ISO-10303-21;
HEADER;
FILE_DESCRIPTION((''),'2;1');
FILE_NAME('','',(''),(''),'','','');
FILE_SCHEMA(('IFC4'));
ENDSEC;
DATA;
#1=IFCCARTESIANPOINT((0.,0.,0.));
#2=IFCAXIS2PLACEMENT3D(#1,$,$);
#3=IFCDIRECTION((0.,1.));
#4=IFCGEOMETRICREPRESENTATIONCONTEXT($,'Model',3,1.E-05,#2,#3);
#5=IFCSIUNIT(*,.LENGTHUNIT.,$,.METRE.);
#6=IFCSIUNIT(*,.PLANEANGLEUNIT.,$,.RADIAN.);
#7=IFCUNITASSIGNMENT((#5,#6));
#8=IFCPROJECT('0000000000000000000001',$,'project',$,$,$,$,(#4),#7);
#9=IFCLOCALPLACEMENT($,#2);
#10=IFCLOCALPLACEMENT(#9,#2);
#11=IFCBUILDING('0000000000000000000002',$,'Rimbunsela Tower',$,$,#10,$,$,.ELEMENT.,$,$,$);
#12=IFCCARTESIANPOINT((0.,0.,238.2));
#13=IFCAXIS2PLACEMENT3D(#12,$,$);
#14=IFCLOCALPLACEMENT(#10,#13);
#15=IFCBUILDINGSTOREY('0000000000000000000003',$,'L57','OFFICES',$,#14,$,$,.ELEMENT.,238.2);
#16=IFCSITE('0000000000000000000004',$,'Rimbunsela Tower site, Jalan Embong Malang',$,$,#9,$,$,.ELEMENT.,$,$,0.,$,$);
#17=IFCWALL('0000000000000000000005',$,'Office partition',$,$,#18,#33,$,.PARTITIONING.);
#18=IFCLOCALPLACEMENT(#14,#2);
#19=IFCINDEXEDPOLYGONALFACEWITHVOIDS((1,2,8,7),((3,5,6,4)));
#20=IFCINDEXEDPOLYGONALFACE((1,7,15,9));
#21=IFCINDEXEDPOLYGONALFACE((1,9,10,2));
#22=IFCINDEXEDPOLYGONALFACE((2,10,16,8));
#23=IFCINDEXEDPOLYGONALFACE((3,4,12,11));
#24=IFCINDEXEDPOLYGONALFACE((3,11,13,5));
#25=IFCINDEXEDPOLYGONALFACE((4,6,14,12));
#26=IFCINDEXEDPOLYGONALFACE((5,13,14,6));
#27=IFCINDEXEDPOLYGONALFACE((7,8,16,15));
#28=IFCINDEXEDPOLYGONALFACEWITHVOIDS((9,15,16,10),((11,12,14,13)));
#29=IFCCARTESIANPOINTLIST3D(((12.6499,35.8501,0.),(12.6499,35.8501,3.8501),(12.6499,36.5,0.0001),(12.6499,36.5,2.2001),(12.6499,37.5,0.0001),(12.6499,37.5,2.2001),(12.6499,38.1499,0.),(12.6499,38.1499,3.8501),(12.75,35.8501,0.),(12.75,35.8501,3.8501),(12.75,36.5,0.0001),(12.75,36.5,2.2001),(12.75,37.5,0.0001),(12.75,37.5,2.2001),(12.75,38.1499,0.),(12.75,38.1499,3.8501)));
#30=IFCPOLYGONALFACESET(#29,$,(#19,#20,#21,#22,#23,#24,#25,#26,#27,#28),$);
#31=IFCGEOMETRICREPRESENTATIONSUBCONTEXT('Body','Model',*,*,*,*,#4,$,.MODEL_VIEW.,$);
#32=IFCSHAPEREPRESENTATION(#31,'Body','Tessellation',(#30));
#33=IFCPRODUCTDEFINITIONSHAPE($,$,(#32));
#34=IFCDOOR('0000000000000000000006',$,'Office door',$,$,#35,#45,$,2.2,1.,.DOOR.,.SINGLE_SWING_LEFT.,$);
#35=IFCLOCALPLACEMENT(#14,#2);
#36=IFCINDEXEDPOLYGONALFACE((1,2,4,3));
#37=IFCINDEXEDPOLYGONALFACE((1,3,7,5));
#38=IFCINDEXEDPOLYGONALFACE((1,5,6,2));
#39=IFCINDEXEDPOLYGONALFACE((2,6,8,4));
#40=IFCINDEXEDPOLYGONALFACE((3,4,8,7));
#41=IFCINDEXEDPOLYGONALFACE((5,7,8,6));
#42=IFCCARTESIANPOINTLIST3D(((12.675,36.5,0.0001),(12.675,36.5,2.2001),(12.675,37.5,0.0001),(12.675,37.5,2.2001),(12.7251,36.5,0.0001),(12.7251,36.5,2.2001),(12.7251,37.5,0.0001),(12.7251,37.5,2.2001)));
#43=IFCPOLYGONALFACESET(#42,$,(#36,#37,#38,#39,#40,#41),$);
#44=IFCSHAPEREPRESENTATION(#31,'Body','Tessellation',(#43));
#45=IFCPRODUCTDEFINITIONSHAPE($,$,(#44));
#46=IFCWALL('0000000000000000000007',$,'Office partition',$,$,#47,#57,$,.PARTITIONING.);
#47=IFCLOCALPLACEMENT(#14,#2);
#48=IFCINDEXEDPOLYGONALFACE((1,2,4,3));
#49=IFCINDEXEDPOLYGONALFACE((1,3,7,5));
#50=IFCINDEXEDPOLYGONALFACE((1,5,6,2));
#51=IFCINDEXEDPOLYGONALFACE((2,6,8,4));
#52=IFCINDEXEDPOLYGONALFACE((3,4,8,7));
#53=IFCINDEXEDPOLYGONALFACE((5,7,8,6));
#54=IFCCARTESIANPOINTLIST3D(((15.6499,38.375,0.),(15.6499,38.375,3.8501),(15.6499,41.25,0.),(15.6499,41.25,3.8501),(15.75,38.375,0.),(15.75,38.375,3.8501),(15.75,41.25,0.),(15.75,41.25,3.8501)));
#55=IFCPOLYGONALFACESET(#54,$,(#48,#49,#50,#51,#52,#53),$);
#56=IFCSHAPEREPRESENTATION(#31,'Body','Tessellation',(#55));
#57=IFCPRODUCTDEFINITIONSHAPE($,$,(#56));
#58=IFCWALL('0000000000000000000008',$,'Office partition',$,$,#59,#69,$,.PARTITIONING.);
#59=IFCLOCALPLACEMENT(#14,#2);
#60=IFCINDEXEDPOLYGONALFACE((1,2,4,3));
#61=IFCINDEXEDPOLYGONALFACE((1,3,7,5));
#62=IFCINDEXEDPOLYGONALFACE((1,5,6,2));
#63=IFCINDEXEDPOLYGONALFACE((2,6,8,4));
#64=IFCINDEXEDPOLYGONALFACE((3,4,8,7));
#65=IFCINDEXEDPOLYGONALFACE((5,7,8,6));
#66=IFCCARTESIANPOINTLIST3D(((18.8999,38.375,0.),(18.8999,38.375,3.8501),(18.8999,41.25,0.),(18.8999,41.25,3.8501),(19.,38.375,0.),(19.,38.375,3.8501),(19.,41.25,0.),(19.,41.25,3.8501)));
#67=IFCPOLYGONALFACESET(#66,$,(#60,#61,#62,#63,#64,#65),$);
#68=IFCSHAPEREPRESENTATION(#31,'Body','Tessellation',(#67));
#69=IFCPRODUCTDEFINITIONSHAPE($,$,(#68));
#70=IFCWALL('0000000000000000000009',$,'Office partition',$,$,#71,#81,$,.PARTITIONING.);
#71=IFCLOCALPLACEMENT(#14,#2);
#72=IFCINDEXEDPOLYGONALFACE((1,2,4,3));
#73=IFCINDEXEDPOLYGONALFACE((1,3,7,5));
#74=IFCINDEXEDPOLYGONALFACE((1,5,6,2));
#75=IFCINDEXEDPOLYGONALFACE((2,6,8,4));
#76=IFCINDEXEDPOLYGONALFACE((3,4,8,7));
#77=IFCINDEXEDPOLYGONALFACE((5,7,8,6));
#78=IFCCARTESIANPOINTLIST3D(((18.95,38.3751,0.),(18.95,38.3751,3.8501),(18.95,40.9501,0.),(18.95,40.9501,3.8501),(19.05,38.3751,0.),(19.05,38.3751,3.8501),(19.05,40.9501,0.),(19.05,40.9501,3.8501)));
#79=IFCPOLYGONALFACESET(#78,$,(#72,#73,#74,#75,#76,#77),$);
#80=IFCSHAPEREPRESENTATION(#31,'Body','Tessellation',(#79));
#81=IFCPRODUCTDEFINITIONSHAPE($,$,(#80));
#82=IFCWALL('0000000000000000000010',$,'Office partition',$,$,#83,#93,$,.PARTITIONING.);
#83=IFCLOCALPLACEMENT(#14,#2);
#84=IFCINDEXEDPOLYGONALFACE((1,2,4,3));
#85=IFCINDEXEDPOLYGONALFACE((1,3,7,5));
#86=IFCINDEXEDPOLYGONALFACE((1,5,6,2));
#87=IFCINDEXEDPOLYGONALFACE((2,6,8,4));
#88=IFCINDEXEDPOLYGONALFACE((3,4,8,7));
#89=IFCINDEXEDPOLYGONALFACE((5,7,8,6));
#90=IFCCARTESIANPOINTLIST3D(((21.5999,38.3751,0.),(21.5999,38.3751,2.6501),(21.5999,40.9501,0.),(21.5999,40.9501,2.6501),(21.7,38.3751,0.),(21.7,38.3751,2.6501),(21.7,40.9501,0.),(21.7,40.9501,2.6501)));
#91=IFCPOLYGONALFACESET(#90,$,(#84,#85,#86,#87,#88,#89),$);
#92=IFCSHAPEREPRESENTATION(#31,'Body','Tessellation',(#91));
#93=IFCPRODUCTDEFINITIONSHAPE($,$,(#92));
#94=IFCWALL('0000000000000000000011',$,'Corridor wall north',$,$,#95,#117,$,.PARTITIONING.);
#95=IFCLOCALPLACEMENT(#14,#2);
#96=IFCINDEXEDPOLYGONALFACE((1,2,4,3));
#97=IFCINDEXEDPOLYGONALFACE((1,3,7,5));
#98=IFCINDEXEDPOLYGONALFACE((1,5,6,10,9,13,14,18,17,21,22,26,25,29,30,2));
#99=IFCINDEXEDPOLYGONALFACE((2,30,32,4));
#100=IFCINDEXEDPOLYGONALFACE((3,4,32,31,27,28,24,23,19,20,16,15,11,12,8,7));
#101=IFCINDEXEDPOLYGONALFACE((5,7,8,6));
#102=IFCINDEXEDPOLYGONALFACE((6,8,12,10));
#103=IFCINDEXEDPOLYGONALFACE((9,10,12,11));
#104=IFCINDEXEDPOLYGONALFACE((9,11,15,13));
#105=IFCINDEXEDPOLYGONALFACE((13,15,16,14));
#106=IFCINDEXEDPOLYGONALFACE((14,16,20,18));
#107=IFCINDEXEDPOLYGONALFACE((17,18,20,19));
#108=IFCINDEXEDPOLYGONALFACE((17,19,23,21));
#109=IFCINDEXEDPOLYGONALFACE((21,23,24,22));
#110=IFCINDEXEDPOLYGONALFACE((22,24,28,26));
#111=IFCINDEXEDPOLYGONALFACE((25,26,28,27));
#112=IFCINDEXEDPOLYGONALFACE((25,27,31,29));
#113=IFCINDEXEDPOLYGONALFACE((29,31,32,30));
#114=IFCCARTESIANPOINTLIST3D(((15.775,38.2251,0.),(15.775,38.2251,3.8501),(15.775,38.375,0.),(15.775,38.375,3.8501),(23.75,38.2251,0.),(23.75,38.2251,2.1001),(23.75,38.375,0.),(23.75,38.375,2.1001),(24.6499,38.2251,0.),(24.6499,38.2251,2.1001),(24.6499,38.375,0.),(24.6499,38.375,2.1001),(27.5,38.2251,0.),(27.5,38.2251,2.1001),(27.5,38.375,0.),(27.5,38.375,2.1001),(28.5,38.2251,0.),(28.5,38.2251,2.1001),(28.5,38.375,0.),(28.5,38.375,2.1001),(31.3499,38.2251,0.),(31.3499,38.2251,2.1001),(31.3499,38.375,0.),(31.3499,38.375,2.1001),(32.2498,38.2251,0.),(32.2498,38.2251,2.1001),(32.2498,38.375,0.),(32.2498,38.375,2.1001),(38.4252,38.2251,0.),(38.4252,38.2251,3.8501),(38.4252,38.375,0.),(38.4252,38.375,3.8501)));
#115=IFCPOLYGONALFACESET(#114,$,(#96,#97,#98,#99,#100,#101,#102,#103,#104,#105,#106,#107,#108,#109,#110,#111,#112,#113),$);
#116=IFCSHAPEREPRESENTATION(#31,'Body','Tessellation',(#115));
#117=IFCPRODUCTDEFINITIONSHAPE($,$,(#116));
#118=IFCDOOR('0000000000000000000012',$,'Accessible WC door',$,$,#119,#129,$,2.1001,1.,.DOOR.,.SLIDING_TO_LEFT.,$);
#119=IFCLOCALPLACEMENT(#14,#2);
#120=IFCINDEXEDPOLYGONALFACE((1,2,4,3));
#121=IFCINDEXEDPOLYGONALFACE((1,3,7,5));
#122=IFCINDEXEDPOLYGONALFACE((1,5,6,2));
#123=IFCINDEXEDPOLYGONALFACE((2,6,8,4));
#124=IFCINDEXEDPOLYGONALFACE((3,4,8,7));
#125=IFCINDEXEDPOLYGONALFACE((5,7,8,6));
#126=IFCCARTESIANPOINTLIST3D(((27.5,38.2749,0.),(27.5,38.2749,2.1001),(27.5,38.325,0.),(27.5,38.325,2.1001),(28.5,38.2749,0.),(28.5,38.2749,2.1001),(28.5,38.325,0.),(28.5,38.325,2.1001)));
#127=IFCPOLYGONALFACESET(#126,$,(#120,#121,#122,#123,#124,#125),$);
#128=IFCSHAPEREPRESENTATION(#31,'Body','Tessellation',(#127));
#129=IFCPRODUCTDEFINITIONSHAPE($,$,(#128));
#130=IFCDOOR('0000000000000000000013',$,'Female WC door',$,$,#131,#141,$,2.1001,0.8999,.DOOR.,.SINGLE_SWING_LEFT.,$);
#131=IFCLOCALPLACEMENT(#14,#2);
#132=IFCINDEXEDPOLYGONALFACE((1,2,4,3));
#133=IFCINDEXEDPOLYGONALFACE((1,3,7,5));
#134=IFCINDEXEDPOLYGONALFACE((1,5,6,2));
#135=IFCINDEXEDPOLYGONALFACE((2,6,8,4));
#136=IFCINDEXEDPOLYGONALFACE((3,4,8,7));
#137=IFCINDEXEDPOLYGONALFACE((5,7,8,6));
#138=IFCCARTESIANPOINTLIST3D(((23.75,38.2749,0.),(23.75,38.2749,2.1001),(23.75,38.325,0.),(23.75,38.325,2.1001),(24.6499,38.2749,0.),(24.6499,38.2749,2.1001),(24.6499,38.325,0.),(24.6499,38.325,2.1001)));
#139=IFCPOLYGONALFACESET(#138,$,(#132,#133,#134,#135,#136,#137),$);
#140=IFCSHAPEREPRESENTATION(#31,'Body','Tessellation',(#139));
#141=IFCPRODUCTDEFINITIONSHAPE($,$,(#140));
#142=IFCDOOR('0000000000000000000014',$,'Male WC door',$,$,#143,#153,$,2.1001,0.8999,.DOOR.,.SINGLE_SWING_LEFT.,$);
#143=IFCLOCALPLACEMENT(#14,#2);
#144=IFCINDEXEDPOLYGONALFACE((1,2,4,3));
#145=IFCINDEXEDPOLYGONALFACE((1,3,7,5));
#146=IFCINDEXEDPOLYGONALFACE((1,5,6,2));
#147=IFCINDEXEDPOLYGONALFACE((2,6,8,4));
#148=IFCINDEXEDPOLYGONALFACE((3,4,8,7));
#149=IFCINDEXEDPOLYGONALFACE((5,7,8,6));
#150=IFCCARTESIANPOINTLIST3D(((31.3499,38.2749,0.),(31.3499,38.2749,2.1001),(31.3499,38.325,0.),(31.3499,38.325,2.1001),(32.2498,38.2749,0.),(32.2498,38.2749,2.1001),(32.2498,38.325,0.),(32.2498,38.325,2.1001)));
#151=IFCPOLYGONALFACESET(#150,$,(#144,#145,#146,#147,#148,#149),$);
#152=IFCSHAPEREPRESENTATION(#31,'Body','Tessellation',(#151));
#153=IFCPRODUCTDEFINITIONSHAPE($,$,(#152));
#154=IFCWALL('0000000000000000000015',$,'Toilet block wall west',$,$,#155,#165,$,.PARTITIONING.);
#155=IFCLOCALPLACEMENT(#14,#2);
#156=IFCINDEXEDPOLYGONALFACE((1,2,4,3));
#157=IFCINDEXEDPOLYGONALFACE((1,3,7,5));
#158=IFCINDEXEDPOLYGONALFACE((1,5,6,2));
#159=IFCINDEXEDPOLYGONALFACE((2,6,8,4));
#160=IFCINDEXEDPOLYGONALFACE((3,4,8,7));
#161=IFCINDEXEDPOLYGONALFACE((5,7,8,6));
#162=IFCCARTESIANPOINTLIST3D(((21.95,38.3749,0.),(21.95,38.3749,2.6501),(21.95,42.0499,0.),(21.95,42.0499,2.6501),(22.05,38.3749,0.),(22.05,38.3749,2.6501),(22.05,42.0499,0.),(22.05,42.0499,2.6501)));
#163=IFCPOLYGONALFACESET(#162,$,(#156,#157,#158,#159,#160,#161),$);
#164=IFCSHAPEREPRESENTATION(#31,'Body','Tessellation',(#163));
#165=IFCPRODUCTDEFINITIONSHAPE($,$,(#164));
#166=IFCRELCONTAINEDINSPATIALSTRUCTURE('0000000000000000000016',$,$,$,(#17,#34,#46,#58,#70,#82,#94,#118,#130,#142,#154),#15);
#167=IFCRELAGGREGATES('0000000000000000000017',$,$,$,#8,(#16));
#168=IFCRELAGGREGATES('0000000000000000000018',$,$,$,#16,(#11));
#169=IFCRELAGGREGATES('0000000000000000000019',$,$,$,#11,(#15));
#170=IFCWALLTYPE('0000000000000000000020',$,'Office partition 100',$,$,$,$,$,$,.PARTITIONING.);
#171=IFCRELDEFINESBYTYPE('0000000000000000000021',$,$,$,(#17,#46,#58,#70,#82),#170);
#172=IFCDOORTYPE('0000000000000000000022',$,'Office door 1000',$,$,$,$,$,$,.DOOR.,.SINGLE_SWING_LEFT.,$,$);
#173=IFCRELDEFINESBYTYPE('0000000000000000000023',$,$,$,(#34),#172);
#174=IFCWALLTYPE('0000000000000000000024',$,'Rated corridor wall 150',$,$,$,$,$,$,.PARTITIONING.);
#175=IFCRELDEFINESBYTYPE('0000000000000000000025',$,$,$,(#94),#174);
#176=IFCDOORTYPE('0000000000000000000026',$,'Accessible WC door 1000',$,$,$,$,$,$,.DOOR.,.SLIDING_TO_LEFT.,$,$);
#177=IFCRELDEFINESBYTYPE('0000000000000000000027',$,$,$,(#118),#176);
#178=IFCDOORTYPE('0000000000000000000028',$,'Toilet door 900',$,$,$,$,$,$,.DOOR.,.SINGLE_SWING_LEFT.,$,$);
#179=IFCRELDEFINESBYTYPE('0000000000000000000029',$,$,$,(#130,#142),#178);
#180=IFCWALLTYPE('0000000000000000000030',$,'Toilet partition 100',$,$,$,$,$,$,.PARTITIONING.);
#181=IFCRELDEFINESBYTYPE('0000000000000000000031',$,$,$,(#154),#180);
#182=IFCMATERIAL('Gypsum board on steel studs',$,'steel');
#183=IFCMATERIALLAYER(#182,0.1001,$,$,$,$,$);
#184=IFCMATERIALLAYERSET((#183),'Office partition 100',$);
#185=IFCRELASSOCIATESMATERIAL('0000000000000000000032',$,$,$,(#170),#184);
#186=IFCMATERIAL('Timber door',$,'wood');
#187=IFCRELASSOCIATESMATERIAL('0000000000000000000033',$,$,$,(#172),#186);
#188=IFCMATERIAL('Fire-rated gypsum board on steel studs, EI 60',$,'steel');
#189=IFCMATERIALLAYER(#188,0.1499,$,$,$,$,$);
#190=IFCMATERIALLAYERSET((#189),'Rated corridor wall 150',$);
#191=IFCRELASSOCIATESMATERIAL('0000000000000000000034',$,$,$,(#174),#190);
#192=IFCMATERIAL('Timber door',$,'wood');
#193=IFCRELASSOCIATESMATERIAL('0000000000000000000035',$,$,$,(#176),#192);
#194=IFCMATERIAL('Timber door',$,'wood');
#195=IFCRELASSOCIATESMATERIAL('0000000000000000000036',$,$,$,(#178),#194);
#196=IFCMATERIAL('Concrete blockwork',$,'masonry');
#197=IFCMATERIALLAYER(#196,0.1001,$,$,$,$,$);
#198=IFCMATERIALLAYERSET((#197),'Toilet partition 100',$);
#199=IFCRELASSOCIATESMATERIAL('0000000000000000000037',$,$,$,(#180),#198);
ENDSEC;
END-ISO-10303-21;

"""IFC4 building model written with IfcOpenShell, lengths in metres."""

from ifc_helpers import new_model, si_unit, direction, frame, frame_2d, origin, place, context, subcontext, project, spatial, rectangle, extrude, material, layer, layer_set, type_object, element, fill, save


model = new_model("IFC4")

# Units and contexts
model_context = context("Model", 3, precision=1e-05, world=origin(), true_north=direction((0.0, 1.0)))
body_context = subcontext(model_context, "Body", "Model", "MODEL_VIEW")
ifc_project = project(units=[si_unit("LENGTHUNIT", "METRE"), si_unit("PLANEANGLEUNIT", "RADIAN")], contexts=[model_context])

# Site, building, storey
site_placement = place(None, origin())
site = spatial("IfcSite", under=ifc_project, at=site_placement, Name="Rimbunsela Tower site, Jalan Embong Malang", CompositionType="ELEMENT", RefElevation=0.0)
building_placement = place(site_placement, origin())
building = spatial("IfcBuilding", under=site, at=building_placement, Name="Rimbunsela Tower", CompositionType="ELEMENT")
storey_placement = place(building_placement, frame((0.0, 0.0, 238.2)))
storey = spatial("IfcBuildingStorey", under=building, at=storey_placement, Name="L57", Description="OFFICES", CompositionType="ELEMENT", Elevation=238.2)

# Shared definitions
ifc_material_1 = material(Name="Gypsum board on steel studs", Category="steel")
ifc_layer_1 = layer(ifc_material_1, 0.1001)
ifc_layer_set_1 = layer_set([ifc_layer_1], Name="Office partition 100")
wall_type_1 = type_object("IfcWallType", Name="Office partition 100", PredefinedType="PARTITIONING", material=ifc_layer_set_1)

# Wall, opening, door
wall_1_placement = place(storey_placement, frame((12.7, 35.8501, 0.0), z_axis=(0.0, 0.0, 1.0), x_axis=(0.0, 1.0, 0.0)))
wall_1 = element("IfcWall", 1, at=wall_1_placement, inside=storey, type_object=wall_type_1, Name="Office partition", PredefinedType="PARTITIONING", context=body_context, shape_type="SweptSolid", body=[
    extrude(rectangle(XDim=2.2998, YDim=0.1001, at=frame_2d((1.1499, 0.0))), origin(), (0.0, 0.0, 1.0), 3.8501),
])
opening_1_placement = place(wall_1_placement, frame((0.6499, 0.0, 0.0)))
opening_1 = element("IfcOpeningElement", 2, at=opening_1_placement, cuts=wall_1, PredefinedType="OPENING", context=body_context, shape_type="SweptSolid", body=[
    extrude(rectangle(XDim=1.0, YDim=2.2, at=frame_2d((0.5, 1.1001))), frame((0.0, 0.0601, 0.0), z_axis=(0.0, -1.0, 0.0), x_axis=(1.0, 0.0, 0.0)), (0.0, 0.0, 1.0), 0.1201),
])
ifc_material_2 = material(Name="Timber door", Category="wood")
door_type_1 = type_object("IfcDoorType", Name="Office door 1000", OperationType="SINGLE_SWING_LEFT", PredefinedType="DOOR", material=ifc_material_2)
door_1_placement = place(opening_1_placement, origin())
door_1 = element("IfcDoor", 3, at=door_1_placement, inside=storey, type_object=door_type_1, Name="Office door", OperationType="SINGLE_SWING_LEFT", OverallHeight=2.2, OverallWidth=1.0, PredefinedType="DOOR", context=body_context, shape_type="SweptSolid", body=[
    extrude(rectangle(XDim=1.0, YDim=2.2, at=frame_2d((0.5, 1.1001))), frame((0.0, 0.0249, 0.0), z_axis=(0.0, -1.0, 0.0), x_axis=(1.0, 0.0, 0.0)), (0.0, 0.0, 1.0), 0.05),
])
fill(opening_1, door_1)

# Walls
for number, where, z_axis, x_axis, name in (
    (4, (15.7, 38.375, 0.0), (0.0, 0.0, 1.0), (0.0, 1.0, 0.0), "Office partition"),
    (5, (18.95, 38.375, 0.0), (0.0, 0.0, 1.0), (0.0, 1.0, 0.0), "Office partition"),
):
    element("IfcWall", number, at=place(storey_placement, frame(where, z_axis=z_axis, x_axis=x_axis)), inside=storey, type_object=wall_type_1, Name=name, PredefinedType="PARTITIONING", context=body_context, shape_type="SweptSolid", body=[
        extrude(rectangle(XDim=2.875, YDim=0.1001, at=frame_2d((1.4375, 0.0))), origin(), (0.0, 0.0, 1.0), 3.8501),
    ])
wall_2_placement = place(storey_placement, frame((19.0, 38.375, 0.0), z_axis=(0.0, 0.0, 1.0), x_axis=(0.0, 1.0, 0.0)))
element("IfcWall", 6, at=wall_2_placement, inside=storey, type_object=wall_type_1, Name="Office partition", PredefinedType="PARTITIONING", context=body_context, shape_type="SweptSolid", body=[
    extrude(rectangle(XDim=2.575, YDim=0.1001, at=frame_2d((1.2876, 0.0))), origin(), (0.0, 0.0, 1.0), 3.8501),
])
wall_3_placement = place(storey_placement, frame((21.6499, 38.375, 0.0), z_axis=(0.0, 0.0, 1.0), x_axis=(0.0, 1.0, 0.0)))
element("IfcWall", 7, at=wall_3_placement, inside=storey, type_object=wall_type_1, Name="Office partition", PredefinedType="PARTITIONING", context=body_context, shape_type="SweptSolid", body=[
    extrude(rectangle(XDim=2.575, YDim=0.1001, at=frame_2d((1.2876, 0.0))), origin(), (0.0, 0.0, 1.0), 2.6501),
])

# Wall, openings, doors
ifc_material_3 = material(Name="Fire-rated gypsum board on steel studs, EI 60", Category="steel")
ifc_layer_2 = layer(ifc_material_3, 0.1499)
ifc_layer_set_2 = layer_set([ifc_layer_2], Name="Rated corridor wall 150")
wall_type_2 = type_object("IfcWallType", Name="Rated corridor wall 150", PredefinedType="PARTITIONING", material=ifc_layer_set_2)
wall_4_placement = place(storey_placement, frame((15.7749, 38.3, 0.0), z_axis=(0.0, 0.0, 1.0), x_axis=(1.0, 0.0, 0.0)))
wall_4 = element("IfcWall", 8, at=wall_4_placement, inside=storey, type_object=wall_type_2, Name="Corridor wall north", PredefinedType="PARTITIONING", context=body_context, shape_type="SweptSolid", body=[
    extrude(rectangle(XDim=22.6501, YDim=0.1499, at=frame_2d((11.3252, 0.0))), origin(), (0.0, 0.0, 1.0), 3.8501),
])
opening_2_placement = place(wall_4_placement, frame((7.9751, 0.0, 0.0)))
opening_2 = element("IfcOpeningElement", 9, at=opening_2_placement, cuts=wall_4, PredefinedType="OPENING", context=body_context, shape_type="SweptSolid", body=[
    extrude(rectangle(XDim=0.8999, YDim=2.1001, at=frame_2d((0.45, 1.05))), frame((0.0, 0.085, 0.0), z_axis=(0.0, -1.0, 0.0), x_axis=(1.0, 0.0, 0.0)), (0.0, 0.0, 1.0), 0.1699),
])
opening_3_placement = place(wall_4_placement, frame((11.7251, 0.0, 0.0)))
opening_3 = element("IfcOpeningElement", 10, at=opening_3_placement, cuts=wall_4, PredefinedType="OPENING", context=body_context, shape_type="SweptSolid", body=[
    extrude(rectangle(XDim=1.0, YDim=2.1001, at=frame_2d((0.5, 1.05))), frame((0.0, 0.085, 0.0), z_axis=(0.0, -1.0, 0.0), x_axis=(1.0, 0.0, 0.0)), (0.0, 0.0, 1.0), 0.1699),
])
opening_4_placement = place(wall_4_placement, frame((15.575, 0.0, 0.0)))
opening_4 = element("IfcOpeningElement", 11, at=opening_4_placement, cuts=wall_4, PredefinedType="OPENING", context=body_context, shape_type="SweptSolid", body=[
    extrude(rectangle(XDim=0.8999, YDim=2.1001, at=frame_2d((0.45, 1.05))), frame((0.0, 0.085, 0.0), z_axis=(0.0, -1.0, 0.0), x_axis=(1.0, 0.0, 0.0)), (0.0, 0.0, 1.0), 0.1699),
])
ifc_material_4 = material(Name="Timber door", Category="wood")
door_type_2 = type_object("IfcDoorType", Name="Accessible WC door 1000", OperationType="SLIDING_TO_LEFT", PredefinedType="DOOR", material=ifc_material_4)
door_2_placement = place(opening_3_placement, origin())
door_2 = element("IfcDoor", 12, at=door_2_placement, inside=storey, type_object=door_type_2, Name="Accessible WC door", OperationType="SLIDING_TO_LEFT", OverallHeight=2.1001, OverallWidth=1.0, PredefinedType="DOOR", context=body_context, shape_type="SweptSolid", body=[
    extrude(rectangle(XDim=1.0, YDim=2.1001, at=frame_2d((0.5, 1.05))), frame((0.0, 0.0249, 0.0), z_axis=(0.0, -1.0, 0.0), x_axis=(1.0, 0.0, 0.0)), (0.0, 0.0, 1.0), 0.05),
])
fill(opening_3, door_2)
ifc_material_5 = material(Name="Timber door", Category="wood")
door_type_3 = type_object("IfcDoorType", Name="Toilet door 900", OperationType="SINGLE_SWING_LEFT", PredefinedType="DOOR", material=ifc_material_5)
door_3_placement = place(opening_2_placement, origin())
door_3 = element("IfcDoor", 13, at=door_3_placement, inside=storey, type_object=door_type_3, Name="Female WC door", OperationType="SINGLE_SWING_LEFT", OverallHeight=2.1001, OverallWidth=0.8999, PredefinedType="DOOR", context=body_context, shape_type="SweptSolid", body=[
    extrude(rectangle(XDim=0.8999, YDim=2.1001, at=frame_2d((0.45, 1.05))), frame((0.0, 0.0249, 0.0), z_axis=(0.0, -1.0, 0.0), x_axis=(1.0, 0.0, 0.0)), (0.0, 0.0, 1.0), 0.05),
])
fill(opening_2, door_3)
door_4_placement = place(opening_4_placement, origin())
door_4 = element("IfcDoor", 14, at=door_4_placement, inside=storey, type_object=door_type_3, Name="Male WC door", OperationType="SINGLE_SWING_LEFT", OverallHeight=2.1001, OverallWidth=0.8999, PredefinedType="DOOR", context=body_context, shape_type="SweptSolid", body=[
    extrude(rectangle(XDim=0.8999, YDim=2.1001, at=frame_2d((0.45, 1.05))), frame((0.0, 0.0249, 0.0), z_axis=(0.0, -1.0, 0.0), x_axis=(1.0, 0.0, 0.0)), (0.0, 0.0, 1.0), 0.05),
])
fill(opening_4, door_4)

# Wall
ifc_material_6 = material(Name="Concrete blockwork", Category="masonry")
ifc_layer_3 = layer(ifc_material_6, 0.1001)
ifc_layer_set_3 = layer_set([ifc_layer_3], Name="Toilet partition 100")
wall_type_3 = type_object("IfcWallType", Name="Toilet partition 100", PredefinedType="PARTITIONING", material=ifc_layer_set_3)
wall_5_placement = place(storey_placement, frame((22.0, 38.375, 0.0), z_axis=(0.0, 0.0, 1.0), x_axis=(0.0, 1.0, 0.0)))
element("IfcWall", 15, at=wall_5_placement, inside=storey, type_object=wall_type_3, Name="Toilet block wall west", PredefinedType="PARTITIONING", context=body_context, shape_type="SweptSolid", body=[
    extrude(rectangle(XDim=3.675, YDim=0.1001, at=frame_2d((1.8374, 0.0))), origin(), (0.0, 0.0, 1.0), 2.6501),
])

save(model, "model.ifc")
